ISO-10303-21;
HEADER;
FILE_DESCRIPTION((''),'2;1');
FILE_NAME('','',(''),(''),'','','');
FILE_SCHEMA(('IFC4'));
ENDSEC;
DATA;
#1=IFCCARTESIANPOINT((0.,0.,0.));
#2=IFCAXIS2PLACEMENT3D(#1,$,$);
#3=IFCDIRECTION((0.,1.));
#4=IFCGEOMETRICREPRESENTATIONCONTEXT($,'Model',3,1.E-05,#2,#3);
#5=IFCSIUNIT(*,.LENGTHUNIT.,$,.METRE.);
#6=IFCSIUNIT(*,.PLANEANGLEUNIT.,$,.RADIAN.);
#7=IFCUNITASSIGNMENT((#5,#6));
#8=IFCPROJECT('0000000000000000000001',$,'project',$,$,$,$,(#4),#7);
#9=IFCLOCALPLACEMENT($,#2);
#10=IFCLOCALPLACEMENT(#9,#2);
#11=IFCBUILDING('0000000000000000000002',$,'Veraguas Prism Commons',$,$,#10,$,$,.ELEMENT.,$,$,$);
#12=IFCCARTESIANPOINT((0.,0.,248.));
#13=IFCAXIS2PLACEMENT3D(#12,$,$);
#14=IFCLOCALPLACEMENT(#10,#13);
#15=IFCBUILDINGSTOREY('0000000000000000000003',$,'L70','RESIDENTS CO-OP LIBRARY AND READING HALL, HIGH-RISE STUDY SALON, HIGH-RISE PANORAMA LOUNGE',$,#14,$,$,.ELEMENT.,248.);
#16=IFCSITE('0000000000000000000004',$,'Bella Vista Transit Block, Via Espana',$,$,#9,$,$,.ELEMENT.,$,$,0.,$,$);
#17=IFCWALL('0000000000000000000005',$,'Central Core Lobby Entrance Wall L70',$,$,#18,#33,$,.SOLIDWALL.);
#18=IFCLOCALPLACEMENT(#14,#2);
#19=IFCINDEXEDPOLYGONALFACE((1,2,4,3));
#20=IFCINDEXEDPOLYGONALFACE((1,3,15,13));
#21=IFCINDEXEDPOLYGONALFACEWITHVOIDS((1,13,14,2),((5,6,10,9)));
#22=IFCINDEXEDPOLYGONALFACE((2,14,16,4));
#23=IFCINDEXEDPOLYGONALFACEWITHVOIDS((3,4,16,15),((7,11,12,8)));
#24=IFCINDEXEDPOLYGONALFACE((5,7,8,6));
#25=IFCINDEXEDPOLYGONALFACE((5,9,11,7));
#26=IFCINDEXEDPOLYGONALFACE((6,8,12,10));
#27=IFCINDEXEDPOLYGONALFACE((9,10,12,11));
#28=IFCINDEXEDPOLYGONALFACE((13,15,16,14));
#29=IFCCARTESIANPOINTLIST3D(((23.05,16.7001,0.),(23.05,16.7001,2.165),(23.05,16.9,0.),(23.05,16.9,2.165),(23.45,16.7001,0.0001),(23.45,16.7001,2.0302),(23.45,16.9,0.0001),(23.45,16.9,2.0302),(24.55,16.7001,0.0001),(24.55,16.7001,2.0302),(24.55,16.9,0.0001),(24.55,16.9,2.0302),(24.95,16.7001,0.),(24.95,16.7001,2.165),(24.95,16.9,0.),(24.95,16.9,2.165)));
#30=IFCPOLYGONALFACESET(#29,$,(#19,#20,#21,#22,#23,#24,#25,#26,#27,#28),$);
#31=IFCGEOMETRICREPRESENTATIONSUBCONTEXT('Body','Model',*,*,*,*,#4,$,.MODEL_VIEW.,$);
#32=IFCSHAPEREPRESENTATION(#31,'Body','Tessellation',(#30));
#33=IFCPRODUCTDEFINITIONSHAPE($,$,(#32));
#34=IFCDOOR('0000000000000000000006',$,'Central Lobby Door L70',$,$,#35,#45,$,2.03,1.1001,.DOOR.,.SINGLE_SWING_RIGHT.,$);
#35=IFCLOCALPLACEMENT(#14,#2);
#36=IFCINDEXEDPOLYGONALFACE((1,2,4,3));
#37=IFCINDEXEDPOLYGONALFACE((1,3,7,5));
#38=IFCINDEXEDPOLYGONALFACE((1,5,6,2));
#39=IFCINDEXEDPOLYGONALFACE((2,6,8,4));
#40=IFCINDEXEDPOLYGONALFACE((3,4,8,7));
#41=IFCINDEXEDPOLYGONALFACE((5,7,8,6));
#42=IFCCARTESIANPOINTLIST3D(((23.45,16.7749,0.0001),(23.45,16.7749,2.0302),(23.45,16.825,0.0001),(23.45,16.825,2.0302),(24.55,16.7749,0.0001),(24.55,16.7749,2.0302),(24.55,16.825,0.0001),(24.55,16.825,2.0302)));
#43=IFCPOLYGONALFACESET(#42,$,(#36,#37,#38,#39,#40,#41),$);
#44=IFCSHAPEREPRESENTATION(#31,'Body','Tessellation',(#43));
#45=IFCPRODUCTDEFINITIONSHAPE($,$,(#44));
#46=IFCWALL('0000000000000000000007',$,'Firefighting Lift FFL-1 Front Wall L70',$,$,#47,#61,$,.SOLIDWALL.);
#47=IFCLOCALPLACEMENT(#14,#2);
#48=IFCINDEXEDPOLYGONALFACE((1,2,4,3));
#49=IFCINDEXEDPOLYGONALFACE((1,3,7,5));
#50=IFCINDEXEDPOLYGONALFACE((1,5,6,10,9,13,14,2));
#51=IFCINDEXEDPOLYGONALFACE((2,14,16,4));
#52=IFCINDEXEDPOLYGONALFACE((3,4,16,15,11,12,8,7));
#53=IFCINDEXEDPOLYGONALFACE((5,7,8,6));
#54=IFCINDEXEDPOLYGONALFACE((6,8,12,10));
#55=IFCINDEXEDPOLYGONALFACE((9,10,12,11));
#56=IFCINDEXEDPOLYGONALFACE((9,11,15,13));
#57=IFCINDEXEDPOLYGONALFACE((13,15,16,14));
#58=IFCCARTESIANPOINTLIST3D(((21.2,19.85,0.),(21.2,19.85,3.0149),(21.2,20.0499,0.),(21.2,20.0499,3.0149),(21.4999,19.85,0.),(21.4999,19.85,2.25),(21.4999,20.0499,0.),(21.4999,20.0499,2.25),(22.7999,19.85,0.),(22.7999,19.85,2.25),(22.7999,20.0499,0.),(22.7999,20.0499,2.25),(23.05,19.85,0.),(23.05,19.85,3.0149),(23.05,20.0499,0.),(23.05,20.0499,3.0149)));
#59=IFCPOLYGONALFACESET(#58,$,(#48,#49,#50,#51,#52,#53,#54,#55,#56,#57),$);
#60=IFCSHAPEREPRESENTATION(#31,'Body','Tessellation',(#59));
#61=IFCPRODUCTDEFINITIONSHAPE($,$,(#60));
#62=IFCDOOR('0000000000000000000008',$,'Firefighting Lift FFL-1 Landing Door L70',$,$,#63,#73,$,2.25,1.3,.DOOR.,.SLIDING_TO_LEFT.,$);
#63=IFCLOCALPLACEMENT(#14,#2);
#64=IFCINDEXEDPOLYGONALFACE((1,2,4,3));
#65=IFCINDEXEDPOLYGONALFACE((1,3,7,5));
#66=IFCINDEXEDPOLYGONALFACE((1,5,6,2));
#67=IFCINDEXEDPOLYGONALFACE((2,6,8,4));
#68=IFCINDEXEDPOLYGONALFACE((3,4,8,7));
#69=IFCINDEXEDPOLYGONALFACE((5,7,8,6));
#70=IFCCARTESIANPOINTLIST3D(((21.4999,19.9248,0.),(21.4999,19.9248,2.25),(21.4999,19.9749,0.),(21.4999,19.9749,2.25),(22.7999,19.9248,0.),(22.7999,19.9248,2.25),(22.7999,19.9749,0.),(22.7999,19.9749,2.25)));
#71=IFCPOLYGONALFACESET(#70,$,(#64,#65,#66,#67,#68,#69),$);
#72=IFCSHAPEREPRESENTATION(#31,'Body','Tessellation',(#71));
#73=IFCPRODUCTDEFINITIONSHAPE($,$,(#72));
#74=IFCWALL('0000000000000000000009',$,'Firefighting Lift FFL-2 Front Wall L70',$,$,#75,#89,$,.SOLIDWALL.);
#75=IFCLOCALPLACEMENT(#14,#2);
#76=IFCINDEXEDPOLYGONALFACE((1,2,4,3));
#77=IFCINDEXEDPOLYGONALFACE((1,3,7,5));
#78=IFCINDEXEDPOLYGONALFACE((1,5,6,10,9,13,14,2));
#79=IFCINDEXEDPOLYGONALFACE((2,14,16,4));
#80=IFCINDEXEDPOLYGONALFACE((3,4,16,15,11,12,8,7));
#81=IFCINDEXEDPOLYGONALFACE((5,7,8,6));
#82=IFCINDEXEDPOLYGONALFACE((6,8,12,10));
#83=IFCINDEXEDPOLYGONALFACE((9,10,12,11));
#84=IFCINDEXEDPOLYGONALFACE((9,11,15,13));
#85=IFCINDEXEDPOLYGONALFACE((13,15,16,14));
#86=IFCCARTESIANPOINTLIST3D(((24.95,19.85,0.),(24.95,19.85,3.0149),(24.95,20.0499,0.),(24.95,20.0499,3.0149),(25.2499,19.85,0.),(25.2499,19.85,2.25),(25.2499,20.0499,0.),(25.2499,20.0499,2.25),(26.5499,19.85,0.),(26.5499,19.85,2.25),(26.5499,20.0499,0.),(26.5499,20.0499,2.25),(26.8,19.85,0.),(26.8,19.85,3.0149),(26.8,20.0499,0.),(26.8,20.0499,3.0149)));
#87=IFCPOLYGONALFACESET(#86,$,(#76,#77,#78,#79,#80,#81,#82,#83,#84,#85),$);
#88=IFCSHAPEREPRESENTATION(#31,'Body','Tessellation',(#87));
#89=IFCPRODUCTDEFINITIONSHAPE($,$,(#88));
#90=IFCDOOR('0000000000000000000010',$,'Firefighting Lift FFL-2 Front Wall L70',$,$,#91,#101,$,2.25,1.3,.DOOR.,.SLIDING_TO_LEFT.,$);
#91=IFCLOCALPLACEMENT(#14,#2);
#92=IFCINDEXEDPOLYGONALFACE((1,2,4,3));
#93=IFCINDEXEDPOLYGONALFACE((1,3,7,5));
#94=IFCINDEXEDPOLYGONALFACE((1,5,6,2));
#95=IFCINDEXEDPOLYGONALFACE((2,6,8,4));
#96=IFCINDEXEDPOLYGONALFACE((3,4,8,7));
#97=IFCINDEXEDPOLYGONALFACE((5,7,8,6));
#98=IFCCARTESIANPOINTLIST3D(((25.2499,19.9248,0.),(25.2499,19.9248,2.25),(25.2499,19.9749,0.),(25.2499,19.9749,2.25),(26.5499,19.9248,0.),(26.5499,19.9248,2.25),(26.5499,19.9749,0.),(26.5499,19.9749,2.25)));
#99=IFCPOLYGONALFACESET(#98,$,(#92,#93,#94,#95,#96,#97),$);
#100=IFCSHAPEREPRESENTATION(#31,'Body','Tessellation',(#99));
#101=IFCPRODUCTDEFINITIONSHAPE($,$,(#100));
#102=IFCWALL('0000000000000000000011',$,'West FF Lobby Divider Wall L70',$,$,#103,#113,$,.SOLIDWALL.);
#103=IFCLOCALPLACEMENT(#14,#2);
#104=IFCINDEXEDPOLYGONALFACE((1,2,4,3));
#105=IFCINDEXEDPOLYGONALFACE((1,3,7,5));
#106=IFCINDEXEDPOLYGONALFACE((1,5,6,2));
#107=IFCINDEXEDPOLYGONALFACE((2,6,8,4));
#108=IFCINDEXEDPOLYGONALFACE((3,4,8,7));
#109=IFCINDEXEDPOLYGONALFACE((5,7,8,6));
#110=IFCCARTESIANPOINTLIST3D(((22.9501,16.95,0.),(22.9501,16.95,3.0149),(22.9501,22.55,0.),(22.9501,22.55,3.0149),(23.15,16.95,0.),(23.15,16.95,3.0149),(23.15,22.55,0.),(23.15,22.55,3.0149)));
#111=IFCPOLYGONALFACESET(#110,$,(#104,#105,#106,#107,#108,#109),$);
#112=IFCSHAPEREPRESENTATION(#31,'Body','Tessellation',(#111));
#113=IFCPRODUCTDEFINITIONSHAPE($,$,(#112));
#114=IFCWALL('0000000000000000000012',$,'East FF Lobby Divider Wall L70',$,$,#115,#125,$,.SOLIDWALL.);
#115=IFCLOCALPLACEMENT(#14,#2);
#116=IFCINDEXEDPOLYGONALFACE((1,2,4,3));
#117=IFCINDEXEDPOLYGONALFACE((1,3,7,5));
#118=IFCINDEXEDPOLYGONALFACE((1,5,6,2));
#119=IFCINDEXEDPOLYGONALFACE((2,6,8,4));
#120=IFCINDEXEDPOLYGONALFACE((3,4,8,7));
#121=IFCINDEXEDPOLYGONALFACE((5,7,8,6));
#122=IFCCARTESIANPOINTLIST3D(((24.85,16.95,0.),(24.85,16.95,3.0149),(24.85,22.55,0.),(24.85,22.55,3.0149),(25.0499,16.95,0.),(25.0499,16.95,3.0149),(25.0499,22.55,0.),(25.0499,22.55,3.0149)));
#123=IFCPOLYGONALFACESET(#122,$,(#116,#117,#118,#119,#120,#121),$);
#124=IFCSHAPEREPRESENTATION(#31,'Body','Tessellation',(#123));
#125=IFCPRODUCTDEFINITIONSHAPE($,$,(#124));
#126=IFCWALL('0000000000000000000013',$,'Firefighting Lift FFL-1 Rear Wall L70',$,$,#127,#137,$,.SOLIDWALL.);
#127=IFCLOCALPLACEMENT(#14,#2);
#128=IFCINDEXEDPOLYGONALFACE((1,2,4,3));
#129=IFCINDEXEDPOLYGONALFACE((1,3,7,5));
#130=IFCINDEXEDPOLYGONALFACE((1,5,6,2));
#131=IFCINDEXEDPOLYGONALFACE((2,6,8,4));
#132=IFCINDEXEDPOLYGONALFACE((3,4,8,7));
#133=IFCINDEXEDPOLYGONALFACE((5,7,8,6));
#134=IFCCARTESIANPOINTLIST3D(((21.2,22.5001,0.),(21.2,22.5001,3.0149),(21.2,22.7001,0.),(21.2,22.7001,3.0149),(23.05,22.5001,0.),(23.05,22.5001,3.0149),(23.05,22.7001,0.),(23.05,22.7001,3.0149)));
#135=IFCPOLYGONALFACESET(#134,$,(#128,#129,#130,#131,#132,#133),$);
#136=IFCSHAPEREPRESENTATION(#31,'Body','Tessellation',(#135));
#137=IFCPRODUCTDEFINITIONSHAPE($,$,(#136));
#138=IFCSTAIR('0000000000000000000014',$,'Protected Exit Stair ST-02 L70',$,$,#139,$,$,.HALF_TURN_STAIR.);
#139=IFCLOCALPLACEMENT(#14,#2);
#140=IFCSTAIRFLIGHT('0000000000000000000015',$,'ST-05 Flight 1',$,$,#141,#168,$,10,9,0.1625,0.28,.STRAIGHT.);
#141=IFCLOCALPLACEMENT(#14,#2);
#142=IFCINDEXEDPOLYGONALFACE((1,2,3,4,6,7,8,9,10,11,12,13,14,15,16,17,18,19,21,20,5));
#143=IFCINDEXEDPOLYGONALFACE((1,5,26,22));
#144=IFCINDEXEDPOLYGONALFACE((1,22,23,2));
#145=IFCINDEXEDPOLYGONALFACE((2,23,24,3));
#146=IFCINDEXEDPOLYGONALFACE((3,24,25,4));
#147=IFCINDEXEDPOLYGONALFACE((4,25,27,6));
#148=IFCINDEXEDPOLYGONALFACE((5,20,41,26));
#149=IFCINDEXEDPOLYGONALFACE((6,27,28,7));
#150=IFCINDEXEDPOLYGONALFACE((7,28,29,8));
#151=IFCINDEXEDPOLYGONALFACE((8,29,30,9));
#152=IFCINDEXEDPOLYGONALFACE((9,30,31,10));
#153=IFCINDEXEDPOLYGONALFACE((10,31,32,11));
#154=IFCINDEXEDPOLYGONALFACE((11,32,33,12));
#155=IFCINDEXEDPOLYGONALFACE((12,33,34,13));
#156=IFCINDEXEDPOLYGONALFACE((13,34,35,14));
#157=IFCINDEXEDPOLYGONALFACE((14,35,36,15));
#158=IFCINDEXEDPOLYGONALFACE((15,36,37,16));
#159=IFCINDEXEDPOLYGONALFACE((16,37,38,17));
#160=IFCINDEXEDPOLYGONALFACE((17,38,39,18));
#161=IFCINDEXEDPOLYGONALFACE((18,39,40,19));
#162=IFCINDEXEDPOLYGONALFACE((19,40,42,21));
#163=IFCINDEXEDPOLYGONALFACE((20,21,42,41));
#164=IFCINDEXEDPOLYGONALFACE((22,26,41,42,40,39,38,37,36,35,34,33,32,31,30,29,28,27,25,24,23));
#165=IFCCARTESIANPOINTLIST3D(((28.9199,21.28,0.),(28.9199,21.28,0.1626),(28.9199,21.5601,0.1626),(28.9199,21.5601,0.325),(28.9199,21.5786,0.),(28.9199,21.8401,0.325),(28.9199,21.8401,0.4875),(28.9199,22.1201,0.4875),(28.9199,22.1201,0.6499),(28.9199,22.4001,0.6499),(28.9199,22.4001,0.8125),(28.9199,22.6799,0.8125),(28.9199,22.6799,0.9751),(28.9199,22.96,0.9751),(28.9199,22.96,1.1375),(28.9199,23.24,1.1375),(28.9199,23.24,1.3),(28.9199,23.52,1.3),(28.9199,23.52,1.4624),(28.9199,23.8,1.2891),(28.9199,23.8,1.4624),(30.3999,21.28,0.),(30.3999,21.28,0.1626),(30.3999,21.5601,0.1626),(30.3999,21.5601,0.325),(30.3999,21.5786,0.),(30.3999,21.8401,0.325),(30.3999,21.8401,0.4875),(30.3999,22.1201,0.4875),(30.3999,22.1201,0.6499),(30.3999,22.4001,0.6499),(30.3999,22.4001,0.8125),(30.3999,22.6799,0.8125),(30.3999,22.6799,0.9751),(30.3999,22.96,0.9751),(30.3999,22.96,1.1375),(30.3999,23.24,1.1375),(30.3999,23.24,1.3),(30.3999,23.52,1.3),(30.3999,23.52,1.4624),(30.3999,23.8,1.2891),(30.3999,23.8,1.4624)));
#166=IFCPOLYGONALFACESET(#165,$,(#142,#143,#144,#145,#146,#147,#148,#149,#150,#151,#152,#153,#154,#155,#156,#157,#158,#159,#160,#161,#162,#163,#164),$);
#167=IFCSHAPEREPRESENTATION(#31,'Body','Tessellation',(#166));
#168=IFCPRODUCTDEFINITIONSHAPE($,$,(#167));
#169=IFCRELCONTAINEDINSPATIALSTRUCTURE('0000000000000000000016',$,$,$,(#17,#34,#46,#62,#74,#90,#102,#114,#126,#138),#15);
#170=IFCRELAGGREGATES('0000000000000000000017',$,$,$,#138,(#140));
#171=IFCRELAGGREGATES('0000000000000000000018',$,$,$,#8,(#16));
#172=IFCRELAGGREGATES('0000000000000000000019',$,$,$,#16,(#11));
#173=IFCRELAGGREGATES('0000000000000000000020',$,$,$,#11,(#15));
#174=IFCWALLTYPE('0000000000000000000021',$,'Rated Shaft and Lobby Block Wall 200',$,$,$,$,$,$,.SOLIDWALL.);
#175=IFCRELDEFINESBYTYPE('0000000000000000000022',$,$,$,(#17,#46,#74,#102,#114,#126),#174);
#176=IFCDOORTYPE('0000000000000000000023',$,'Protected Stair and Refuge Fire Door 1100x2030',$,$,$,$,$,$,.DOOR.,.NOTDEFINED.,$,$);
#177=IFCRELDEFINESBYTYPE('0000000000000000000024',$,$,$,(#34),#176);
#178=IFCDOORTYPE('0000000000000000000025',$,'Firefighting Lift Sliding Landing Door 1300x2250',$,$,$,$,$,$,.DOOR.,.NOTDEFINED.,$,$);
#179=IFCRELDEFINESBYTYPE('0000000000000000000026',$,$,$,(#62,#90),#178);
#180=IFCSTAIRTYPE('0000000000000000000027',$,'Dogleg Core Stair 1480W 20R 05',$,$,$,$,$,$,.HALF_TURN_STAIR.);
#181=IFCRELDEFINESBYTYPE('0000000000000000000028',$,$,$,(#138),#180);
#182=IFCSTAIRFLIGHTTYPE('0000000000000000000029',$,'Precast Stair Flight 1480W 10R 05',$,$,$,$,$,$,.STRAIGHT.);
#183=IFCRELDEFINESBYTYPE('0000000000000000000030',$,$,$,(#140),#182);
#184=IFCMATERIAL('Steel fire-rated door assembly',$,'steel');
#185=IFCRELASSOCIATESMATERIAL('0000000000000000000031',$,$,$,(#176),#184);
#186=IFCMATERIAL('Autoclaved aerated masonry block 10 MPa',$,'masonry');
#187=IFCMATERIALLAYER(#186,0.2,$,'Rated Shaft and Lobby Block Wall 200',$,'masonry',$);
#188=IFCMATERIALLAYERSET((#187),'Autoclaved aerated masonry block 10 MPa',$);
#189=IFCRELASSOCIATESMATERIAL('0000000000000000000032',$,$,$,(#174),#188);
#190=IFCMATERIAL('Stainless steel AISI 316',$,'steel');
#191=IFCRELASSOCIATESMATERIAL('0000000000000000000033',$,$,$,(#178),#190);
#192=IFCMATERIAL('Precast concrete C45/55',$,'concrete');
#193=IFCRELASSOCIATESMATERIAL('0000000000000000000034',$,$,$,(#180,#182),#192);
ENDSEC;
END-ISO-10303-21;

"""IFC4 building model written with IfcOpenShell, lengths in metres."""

from ifc_helpers import new_model, si_unit, direction, frame, frame_2d, origin, place, context, subcontext, project, spatial, polyline, rectangle, outline, extrude, source, transform, mapped, material, layer, layer_set, type_object, element, fill, aggregate, save


model = new_model("IFC4")

# Units and contexts
model_context = context("Model", 3, precision=1e-05, world=origin(), true_north=direction((0.0, 1.0)))
body_context = subcontext(model_context, "Body", "Model", "MODEL_VIEW")
ifc_project = project(units=[si_unit("LENGTHUNIT", "METRE"), si_unit("PLANEANGLEUNIT", "RADIAN")], contexts=[model_context])

# Site, building, storey
site_placement = place(None, origin())
site = spatial("IfcSite", under=ifc_project, at=site_placement, Name="Bella Vista Transit Block, Via Espana", CompositionType="ELEMENT", RefElevation=0.0)
building_placement = place(site_placement, origin())
building = spatial("IfcBuilding", under=site, at=building_placement, Name="Veraguas Prism Commons", CompositionType="ELEMENT")
storey_placement = place(building_placement, frame((0.0, 0.0, 248.0)))
storey = spatial("IfcBuildingStorey", under=building, at=storey_placement, Name="L70", Description="RESIDENTS CO-OP LIBRARY AND READING HALL, HIGH-RISE STUDY SALON, HIGH-RISE PANORAMA LOUNGE", CompositionType="ELEMENT", Elevation=248.0)

# Shared definitions
ifc_material_1 = material(Name="Steel fire-rated door assembly", Category="steel")
door_type_1 = type_object("IfcDoorType", Name="Protected Stair and Refuge Fire Door 1100x2030", OperationType="NOTDEFINED", PredefinedType="DOOR", material=ifc_material_1)
shared_shape_1 = source(origin(), body_context, "Body", "SweptSolid", [
    extrude(rectangle(XDim=1.1001, YDim=2.03, at=frame_2d((0.55, 1.0151))), frame((0.0, 0.0249, 0.0), z_axis=(0.0, -1.0, 0.0), x_axis=(1.0, 0.0, 0.0)), (0.0, 0.0, 1.0), 0.05),
])

# Walls, openings, doors
ifc_material_2 = material(Name="Autoclaved aerated masonry block 10 MPa", Category="masonry")
ifc_layer_1 = layer(ifc_material_2, 0.2, Name="Rated Shaft and Lobby Block Wall 200", Category="masonry")
ifc_layer_set_1 = layer_set([ifc_layer_1], Name="Autoclaved aerated masonry block 10 MPa")
wall_type_1 = type_object("IfcWallType", Name="Rated Shaft and Lobby Block Wall 200", PredefinedType="SOLIDWALL", material=ifc_layer_set_1)
wall_1_placement = place(storey_placement, frame((23.05, 16.8, 0.0), z_axis=(0.0, 0.0, 1.0), x_axis=(1.0, 0.0, 0.0)))
wall_1 = element("IfcWall", 1, at=wall_1_placement, inside=storey, type_object=wall_type_1, Name="Central Core Lobby Entrance Wall L70", PredefinedType="SOLIDWALL", context=body_context, shape_type="SweptSolid", body=[
    extrude(rectangle(XDim=1.8999, YDim=0.2, at=frame_2d((0.95, 0.0))), origin(), (0.0, 0.0, 1.0), 2.165),
])
opening_1_placement = place(wall_1_placement, frame((0.3999, 0.0, 0.0)))
opening_1 = element("IfcOpeningElement", 2, at=opening_1_placement, cuts=wall_1, PredefinedType="OPENING", context=body_context, shape_type="SweptSolid", body=[
    extrude(rectangle(XDim=1.1001, YDim=2.03, at=frame_2d((0.55, 1.0151))), frame((0.0, 0.1099, 0.0), z_axis=(0.0, -1.0, 0.0), x_axis=(1.0, 0.0, 0.0)), (0.0, 0.0, 1.0), 0.22),
])
door_1_placement = place(opening_1_placement, origin())
door_1 = element("IfcDoor", 3, at=door_1_placement, inside=storey, type_object=door_type_1, Name="Central Lobby Door L70", OperationType="SINGLE_SWING_RIGHT", OverallHeight=2.03, OverallWidth=1.1001, PredefinedType="DOOR", context=body_context, shape_type="MappedRepresentation", body=[
    mapped(shared_shape_1, transform((0.0, 0.0, 0.0), scale=1.0)),
])
fill(opening_1, door_1)
wall_2_placement = place(storey_placement, frame((21.2, 19.95, 0.0), z_axis=(0.0, 0.0, 1.0), x_axis=(1.0, 0.0, 0.0)))
wall_2 = element("IfcWall", 4, at=wall_2_placement, inside=storey, type_object=wall_type_1, Name="Firefighting Lift FFL-1 Front Wall L70", PredefinedType="SOLIDWALL", context=body_context, shape_type="SweptSolid", body=[
    extrude(rectangle(XDim=1.8501, YDim=0.2, at=frame_2d((0.925, 0.0))), origin(), (0.0, 0.0, 1.0), 3.0149),
])
opening_2_placement = place(wall_2_placement, frame((0.3, 0.0, 0.0)))
opening_2 = element("IfcOpeningElement", 5, at=opening_2_placement, cuts=wall_2, PredefinedType="OPENING", context=body_context, shape_type="SweptSolid", body=[
    extrude(rectangle(XDim=1.3, YDim=2.25, at=frame_2d((0.6499, 1.125))), frame((0.0, 0.1099, 0.0), z_axis=(0.0, -1.0, 0.0), x_axis=(1.0, 0.0, 0.0)), (0.0, 0.0, 1.0), 0.22),
])
ifc_material_3 = material(Name="Stainless steel AISI 316", Category="steel")
door_type_2 = type_object("IfcDoorType", Name="Firefighting Lift Sliding Landing Door 1300x2250", OperationType="NOTDEFINED", PredefinedType="DOOR", material=ifc_material_3)
shared_shape_2 = source(origin(), body_context, "Body", "SweptSolid", [
    extrude(rectangle(XDim=1.3, YDim=2.25, at=frame_2d((0.6499, 1.125))), frame((0.0, 0.0249, 0.0), z_axis=(0.0, -1.0, 0.0), x_axis=(1.0, 0.0, 0.0)), (0.0, 0.0, 1.0), 0.05),
])
door_2_placement = place(opening_2_placement, origin())
door_2 = element("IfcDoor", 6, at=door_2_placement, inside=storey, type_object=door_type_2, Name="Firefighting Lift FFL-1 Landing Door L70", OperationType="SLIDING_TO_LEFT", OverallHeight=2.25, OverallWidth=1.3, PredefinedType="DOOR", context=body_context, shape_type="MappedRepresentation", body=[
    mapped(shared_shape_2, transform((0.0, 0.0, 0.0), scale=1.0)),
])
fill(opening_2, door_2)
wall_3_placement = place(storey_placement, frame((24.95, 19.95, 0.0), z_axis=(0.0, 0.0, 1.0), x_axis=(1.0, 0.0, 0.0)))
wall_3 = element("IfcWall", 7, at=wall_3_placement, inside=storey, type_object=wall_type_1, Name="Firefighting Lift FFL-2 Front Wall L70", PredefinedType="SOLIDWALL", context=body_context, shape_type="SweptSolid", body=[
    extrude(rectangle(XDim=1.8501, YDim=0.2, at=frame_2d((0.925, 0.0))), origin(), (0.0, 0.0, 1.0), 3.0149),
])
opening_3_placement = place(wall_3_placement, frame((0.3, 0.0, 0.0)))
opening_3 = element("IfcOpeningElement", 8, at=opening_3_placement, cuts=wall_3, PredefinedType="OPENING", context=body_context, shape_type="SweptSolid", body=[
    extrude(rectangle(XDim=1.3, YDim=2.25, at=frame_2d((0.6499, 1.125))), frame((0.0, 0.1099, 0.0), z_axis=(0.0, -1.0, 0.0), x_axis=(1.0, 0.0, 0.0)), (0.0, 0.0, 1.0), 0.22),
])
door_3_placement = place(opening_3_placement, origin())
door_3 = element("IfcDoor", 9, at=door_3_placement, inside=storey, type_object=door_type_2, Name="Firefighting Lift FFL-2 Front Wall L70", OperationType="SLIDING_TO_LEFT", OverallHeight=2.25, OverallWidth=1.3, PredefinedType="DOOR", context=body_context, shape_type="MappedRepresentation", body=[
    mapped(shared_shape_2, transform((0.0, 0.0, 0.0), scale=1.0)),
])
fill(opening_3, door_3)

# Walls
for number, where, z_axis, x_axis, name in (
    (10, (23.05, 16.95, 0.0), (0.0, 0.0, 1.0), (0.0, 1.0, 0.0), "West FF Lobby Divider Wall L70"),
    (11, (24.95, 16.95, 0.0), (0.0, 0.0, 1.0), (0.0, 1.0, 0.0), "East FF Lobby Divider Wall L70"),
):
    element("IfcWall", number, at=place(storey_placement, frame(where, z_axis=z_axis, x_axis=x_axis)), inside=storey, type_object=wall_type_1, Name=name, PredefinedType="SOLIDWALL", context=body_context, shape_type="SweptSolid", body=[
        extrude(rectangle(XDim=5.6001, YDim=0.2, at=frame_2d((2.8, 0.0))), origin(), (0.0, 0.0, 1.0), 3.0149),
    ])
wall_4_placement = place(storey_placement, frame((21.2, 22.6001, 0.0), z_axis=(0.0, 0.0, 1.0), x_axis=(1.0, 0.0, 0.0)))
element("IfcWall", 12, at=wall_4_placement, inside=storey, type_object=wall_type_1, Name="Firefighting Lift FFL-1 Rear Wall L70", PredefinedType="SOLIDWALL", context=body_context, shape_type="SweptSolid", body=[
    extrude(rectangle(XDim=1.8501, YDim=0.2, at=frame_2d((0.925, 0.0))), origin(), (0.0, 0.0, 1.0), 3.0149),
])

# Stair, stair flight
ifc_material_4 = material(Name="Precast concrete C45/55", Category="concrete")
stair_type = type_object("IfcStairType", Name="Dogleg Core Stair 1480W 20R 05", PredefinedType="HALF_TURN_STAIR", material=ifc_material_4)
stair_placement = place(storey_placement, origin())
stair = element("IfcStair", 13, at=stair_placement, inside=storey, type_object=stair_type, Name="Protected Exit Stair ST-02 L70", PredefinedType="HALF_TURN_STAIR")
stair_flight_type = type_object("IfcStairFlightType", Name="Precast Stair Flight 1480W 10R 05", PredefinedType="STRAIGHT", material=ifc_material_4)
stair_flight_placement = place(storey_placement, frame((29.6599, 21.28, 0.0), z_axis=(0.0, 0.0, 1.0), x_axis=(0.0, 1.0, 0.0)))
stair_flight = element("IfcStairFlight", 14, at=stair_flight_placement, type_object=stair_flight_type, Name="ST-05 Flight 1", NumberOfRisers=10, NumberOfTreads=9, PredefinedType="STRAIGHT", RiserHeight=0.1625, TreadLength=0.28, context=body_context, shape_type="SweptSolid", body=[
    extrude(outline(polyline([(0.0, 0.0), (0.0, 0.1626), (0.28, 0.1626), (0.28, 0.325), (0.5601, 0.325), (0.5601, 0.4875), (0.8401, 0.4875), (0.8401, 0.6499), (1.1201, 0.6499), (1.1201, 0.8125), (1.3999, 0.8125), (1.3999, 0.9751), (1.6799, 0.9751), (1.6799, 1.1375), (1.96, 1.1375), (1.96, 1.3), (2.24, 1.3), (2.24, 1.4624), (2.52, 1.4624), (2.52, 1.625), (2.52, 1.2891), (0.2986, 0.0), (0.0, 0.0)])), frame((0.0, 0.74, 0.0), z_axis=(0.0, -1.0, 0.0), x_axis=(1.0, 0.0, 0.0)), (0.0, 0.0, 1.0), 1.48),
])
aggregate(stair, [stair_flight])

save(model, "model.ifc")
